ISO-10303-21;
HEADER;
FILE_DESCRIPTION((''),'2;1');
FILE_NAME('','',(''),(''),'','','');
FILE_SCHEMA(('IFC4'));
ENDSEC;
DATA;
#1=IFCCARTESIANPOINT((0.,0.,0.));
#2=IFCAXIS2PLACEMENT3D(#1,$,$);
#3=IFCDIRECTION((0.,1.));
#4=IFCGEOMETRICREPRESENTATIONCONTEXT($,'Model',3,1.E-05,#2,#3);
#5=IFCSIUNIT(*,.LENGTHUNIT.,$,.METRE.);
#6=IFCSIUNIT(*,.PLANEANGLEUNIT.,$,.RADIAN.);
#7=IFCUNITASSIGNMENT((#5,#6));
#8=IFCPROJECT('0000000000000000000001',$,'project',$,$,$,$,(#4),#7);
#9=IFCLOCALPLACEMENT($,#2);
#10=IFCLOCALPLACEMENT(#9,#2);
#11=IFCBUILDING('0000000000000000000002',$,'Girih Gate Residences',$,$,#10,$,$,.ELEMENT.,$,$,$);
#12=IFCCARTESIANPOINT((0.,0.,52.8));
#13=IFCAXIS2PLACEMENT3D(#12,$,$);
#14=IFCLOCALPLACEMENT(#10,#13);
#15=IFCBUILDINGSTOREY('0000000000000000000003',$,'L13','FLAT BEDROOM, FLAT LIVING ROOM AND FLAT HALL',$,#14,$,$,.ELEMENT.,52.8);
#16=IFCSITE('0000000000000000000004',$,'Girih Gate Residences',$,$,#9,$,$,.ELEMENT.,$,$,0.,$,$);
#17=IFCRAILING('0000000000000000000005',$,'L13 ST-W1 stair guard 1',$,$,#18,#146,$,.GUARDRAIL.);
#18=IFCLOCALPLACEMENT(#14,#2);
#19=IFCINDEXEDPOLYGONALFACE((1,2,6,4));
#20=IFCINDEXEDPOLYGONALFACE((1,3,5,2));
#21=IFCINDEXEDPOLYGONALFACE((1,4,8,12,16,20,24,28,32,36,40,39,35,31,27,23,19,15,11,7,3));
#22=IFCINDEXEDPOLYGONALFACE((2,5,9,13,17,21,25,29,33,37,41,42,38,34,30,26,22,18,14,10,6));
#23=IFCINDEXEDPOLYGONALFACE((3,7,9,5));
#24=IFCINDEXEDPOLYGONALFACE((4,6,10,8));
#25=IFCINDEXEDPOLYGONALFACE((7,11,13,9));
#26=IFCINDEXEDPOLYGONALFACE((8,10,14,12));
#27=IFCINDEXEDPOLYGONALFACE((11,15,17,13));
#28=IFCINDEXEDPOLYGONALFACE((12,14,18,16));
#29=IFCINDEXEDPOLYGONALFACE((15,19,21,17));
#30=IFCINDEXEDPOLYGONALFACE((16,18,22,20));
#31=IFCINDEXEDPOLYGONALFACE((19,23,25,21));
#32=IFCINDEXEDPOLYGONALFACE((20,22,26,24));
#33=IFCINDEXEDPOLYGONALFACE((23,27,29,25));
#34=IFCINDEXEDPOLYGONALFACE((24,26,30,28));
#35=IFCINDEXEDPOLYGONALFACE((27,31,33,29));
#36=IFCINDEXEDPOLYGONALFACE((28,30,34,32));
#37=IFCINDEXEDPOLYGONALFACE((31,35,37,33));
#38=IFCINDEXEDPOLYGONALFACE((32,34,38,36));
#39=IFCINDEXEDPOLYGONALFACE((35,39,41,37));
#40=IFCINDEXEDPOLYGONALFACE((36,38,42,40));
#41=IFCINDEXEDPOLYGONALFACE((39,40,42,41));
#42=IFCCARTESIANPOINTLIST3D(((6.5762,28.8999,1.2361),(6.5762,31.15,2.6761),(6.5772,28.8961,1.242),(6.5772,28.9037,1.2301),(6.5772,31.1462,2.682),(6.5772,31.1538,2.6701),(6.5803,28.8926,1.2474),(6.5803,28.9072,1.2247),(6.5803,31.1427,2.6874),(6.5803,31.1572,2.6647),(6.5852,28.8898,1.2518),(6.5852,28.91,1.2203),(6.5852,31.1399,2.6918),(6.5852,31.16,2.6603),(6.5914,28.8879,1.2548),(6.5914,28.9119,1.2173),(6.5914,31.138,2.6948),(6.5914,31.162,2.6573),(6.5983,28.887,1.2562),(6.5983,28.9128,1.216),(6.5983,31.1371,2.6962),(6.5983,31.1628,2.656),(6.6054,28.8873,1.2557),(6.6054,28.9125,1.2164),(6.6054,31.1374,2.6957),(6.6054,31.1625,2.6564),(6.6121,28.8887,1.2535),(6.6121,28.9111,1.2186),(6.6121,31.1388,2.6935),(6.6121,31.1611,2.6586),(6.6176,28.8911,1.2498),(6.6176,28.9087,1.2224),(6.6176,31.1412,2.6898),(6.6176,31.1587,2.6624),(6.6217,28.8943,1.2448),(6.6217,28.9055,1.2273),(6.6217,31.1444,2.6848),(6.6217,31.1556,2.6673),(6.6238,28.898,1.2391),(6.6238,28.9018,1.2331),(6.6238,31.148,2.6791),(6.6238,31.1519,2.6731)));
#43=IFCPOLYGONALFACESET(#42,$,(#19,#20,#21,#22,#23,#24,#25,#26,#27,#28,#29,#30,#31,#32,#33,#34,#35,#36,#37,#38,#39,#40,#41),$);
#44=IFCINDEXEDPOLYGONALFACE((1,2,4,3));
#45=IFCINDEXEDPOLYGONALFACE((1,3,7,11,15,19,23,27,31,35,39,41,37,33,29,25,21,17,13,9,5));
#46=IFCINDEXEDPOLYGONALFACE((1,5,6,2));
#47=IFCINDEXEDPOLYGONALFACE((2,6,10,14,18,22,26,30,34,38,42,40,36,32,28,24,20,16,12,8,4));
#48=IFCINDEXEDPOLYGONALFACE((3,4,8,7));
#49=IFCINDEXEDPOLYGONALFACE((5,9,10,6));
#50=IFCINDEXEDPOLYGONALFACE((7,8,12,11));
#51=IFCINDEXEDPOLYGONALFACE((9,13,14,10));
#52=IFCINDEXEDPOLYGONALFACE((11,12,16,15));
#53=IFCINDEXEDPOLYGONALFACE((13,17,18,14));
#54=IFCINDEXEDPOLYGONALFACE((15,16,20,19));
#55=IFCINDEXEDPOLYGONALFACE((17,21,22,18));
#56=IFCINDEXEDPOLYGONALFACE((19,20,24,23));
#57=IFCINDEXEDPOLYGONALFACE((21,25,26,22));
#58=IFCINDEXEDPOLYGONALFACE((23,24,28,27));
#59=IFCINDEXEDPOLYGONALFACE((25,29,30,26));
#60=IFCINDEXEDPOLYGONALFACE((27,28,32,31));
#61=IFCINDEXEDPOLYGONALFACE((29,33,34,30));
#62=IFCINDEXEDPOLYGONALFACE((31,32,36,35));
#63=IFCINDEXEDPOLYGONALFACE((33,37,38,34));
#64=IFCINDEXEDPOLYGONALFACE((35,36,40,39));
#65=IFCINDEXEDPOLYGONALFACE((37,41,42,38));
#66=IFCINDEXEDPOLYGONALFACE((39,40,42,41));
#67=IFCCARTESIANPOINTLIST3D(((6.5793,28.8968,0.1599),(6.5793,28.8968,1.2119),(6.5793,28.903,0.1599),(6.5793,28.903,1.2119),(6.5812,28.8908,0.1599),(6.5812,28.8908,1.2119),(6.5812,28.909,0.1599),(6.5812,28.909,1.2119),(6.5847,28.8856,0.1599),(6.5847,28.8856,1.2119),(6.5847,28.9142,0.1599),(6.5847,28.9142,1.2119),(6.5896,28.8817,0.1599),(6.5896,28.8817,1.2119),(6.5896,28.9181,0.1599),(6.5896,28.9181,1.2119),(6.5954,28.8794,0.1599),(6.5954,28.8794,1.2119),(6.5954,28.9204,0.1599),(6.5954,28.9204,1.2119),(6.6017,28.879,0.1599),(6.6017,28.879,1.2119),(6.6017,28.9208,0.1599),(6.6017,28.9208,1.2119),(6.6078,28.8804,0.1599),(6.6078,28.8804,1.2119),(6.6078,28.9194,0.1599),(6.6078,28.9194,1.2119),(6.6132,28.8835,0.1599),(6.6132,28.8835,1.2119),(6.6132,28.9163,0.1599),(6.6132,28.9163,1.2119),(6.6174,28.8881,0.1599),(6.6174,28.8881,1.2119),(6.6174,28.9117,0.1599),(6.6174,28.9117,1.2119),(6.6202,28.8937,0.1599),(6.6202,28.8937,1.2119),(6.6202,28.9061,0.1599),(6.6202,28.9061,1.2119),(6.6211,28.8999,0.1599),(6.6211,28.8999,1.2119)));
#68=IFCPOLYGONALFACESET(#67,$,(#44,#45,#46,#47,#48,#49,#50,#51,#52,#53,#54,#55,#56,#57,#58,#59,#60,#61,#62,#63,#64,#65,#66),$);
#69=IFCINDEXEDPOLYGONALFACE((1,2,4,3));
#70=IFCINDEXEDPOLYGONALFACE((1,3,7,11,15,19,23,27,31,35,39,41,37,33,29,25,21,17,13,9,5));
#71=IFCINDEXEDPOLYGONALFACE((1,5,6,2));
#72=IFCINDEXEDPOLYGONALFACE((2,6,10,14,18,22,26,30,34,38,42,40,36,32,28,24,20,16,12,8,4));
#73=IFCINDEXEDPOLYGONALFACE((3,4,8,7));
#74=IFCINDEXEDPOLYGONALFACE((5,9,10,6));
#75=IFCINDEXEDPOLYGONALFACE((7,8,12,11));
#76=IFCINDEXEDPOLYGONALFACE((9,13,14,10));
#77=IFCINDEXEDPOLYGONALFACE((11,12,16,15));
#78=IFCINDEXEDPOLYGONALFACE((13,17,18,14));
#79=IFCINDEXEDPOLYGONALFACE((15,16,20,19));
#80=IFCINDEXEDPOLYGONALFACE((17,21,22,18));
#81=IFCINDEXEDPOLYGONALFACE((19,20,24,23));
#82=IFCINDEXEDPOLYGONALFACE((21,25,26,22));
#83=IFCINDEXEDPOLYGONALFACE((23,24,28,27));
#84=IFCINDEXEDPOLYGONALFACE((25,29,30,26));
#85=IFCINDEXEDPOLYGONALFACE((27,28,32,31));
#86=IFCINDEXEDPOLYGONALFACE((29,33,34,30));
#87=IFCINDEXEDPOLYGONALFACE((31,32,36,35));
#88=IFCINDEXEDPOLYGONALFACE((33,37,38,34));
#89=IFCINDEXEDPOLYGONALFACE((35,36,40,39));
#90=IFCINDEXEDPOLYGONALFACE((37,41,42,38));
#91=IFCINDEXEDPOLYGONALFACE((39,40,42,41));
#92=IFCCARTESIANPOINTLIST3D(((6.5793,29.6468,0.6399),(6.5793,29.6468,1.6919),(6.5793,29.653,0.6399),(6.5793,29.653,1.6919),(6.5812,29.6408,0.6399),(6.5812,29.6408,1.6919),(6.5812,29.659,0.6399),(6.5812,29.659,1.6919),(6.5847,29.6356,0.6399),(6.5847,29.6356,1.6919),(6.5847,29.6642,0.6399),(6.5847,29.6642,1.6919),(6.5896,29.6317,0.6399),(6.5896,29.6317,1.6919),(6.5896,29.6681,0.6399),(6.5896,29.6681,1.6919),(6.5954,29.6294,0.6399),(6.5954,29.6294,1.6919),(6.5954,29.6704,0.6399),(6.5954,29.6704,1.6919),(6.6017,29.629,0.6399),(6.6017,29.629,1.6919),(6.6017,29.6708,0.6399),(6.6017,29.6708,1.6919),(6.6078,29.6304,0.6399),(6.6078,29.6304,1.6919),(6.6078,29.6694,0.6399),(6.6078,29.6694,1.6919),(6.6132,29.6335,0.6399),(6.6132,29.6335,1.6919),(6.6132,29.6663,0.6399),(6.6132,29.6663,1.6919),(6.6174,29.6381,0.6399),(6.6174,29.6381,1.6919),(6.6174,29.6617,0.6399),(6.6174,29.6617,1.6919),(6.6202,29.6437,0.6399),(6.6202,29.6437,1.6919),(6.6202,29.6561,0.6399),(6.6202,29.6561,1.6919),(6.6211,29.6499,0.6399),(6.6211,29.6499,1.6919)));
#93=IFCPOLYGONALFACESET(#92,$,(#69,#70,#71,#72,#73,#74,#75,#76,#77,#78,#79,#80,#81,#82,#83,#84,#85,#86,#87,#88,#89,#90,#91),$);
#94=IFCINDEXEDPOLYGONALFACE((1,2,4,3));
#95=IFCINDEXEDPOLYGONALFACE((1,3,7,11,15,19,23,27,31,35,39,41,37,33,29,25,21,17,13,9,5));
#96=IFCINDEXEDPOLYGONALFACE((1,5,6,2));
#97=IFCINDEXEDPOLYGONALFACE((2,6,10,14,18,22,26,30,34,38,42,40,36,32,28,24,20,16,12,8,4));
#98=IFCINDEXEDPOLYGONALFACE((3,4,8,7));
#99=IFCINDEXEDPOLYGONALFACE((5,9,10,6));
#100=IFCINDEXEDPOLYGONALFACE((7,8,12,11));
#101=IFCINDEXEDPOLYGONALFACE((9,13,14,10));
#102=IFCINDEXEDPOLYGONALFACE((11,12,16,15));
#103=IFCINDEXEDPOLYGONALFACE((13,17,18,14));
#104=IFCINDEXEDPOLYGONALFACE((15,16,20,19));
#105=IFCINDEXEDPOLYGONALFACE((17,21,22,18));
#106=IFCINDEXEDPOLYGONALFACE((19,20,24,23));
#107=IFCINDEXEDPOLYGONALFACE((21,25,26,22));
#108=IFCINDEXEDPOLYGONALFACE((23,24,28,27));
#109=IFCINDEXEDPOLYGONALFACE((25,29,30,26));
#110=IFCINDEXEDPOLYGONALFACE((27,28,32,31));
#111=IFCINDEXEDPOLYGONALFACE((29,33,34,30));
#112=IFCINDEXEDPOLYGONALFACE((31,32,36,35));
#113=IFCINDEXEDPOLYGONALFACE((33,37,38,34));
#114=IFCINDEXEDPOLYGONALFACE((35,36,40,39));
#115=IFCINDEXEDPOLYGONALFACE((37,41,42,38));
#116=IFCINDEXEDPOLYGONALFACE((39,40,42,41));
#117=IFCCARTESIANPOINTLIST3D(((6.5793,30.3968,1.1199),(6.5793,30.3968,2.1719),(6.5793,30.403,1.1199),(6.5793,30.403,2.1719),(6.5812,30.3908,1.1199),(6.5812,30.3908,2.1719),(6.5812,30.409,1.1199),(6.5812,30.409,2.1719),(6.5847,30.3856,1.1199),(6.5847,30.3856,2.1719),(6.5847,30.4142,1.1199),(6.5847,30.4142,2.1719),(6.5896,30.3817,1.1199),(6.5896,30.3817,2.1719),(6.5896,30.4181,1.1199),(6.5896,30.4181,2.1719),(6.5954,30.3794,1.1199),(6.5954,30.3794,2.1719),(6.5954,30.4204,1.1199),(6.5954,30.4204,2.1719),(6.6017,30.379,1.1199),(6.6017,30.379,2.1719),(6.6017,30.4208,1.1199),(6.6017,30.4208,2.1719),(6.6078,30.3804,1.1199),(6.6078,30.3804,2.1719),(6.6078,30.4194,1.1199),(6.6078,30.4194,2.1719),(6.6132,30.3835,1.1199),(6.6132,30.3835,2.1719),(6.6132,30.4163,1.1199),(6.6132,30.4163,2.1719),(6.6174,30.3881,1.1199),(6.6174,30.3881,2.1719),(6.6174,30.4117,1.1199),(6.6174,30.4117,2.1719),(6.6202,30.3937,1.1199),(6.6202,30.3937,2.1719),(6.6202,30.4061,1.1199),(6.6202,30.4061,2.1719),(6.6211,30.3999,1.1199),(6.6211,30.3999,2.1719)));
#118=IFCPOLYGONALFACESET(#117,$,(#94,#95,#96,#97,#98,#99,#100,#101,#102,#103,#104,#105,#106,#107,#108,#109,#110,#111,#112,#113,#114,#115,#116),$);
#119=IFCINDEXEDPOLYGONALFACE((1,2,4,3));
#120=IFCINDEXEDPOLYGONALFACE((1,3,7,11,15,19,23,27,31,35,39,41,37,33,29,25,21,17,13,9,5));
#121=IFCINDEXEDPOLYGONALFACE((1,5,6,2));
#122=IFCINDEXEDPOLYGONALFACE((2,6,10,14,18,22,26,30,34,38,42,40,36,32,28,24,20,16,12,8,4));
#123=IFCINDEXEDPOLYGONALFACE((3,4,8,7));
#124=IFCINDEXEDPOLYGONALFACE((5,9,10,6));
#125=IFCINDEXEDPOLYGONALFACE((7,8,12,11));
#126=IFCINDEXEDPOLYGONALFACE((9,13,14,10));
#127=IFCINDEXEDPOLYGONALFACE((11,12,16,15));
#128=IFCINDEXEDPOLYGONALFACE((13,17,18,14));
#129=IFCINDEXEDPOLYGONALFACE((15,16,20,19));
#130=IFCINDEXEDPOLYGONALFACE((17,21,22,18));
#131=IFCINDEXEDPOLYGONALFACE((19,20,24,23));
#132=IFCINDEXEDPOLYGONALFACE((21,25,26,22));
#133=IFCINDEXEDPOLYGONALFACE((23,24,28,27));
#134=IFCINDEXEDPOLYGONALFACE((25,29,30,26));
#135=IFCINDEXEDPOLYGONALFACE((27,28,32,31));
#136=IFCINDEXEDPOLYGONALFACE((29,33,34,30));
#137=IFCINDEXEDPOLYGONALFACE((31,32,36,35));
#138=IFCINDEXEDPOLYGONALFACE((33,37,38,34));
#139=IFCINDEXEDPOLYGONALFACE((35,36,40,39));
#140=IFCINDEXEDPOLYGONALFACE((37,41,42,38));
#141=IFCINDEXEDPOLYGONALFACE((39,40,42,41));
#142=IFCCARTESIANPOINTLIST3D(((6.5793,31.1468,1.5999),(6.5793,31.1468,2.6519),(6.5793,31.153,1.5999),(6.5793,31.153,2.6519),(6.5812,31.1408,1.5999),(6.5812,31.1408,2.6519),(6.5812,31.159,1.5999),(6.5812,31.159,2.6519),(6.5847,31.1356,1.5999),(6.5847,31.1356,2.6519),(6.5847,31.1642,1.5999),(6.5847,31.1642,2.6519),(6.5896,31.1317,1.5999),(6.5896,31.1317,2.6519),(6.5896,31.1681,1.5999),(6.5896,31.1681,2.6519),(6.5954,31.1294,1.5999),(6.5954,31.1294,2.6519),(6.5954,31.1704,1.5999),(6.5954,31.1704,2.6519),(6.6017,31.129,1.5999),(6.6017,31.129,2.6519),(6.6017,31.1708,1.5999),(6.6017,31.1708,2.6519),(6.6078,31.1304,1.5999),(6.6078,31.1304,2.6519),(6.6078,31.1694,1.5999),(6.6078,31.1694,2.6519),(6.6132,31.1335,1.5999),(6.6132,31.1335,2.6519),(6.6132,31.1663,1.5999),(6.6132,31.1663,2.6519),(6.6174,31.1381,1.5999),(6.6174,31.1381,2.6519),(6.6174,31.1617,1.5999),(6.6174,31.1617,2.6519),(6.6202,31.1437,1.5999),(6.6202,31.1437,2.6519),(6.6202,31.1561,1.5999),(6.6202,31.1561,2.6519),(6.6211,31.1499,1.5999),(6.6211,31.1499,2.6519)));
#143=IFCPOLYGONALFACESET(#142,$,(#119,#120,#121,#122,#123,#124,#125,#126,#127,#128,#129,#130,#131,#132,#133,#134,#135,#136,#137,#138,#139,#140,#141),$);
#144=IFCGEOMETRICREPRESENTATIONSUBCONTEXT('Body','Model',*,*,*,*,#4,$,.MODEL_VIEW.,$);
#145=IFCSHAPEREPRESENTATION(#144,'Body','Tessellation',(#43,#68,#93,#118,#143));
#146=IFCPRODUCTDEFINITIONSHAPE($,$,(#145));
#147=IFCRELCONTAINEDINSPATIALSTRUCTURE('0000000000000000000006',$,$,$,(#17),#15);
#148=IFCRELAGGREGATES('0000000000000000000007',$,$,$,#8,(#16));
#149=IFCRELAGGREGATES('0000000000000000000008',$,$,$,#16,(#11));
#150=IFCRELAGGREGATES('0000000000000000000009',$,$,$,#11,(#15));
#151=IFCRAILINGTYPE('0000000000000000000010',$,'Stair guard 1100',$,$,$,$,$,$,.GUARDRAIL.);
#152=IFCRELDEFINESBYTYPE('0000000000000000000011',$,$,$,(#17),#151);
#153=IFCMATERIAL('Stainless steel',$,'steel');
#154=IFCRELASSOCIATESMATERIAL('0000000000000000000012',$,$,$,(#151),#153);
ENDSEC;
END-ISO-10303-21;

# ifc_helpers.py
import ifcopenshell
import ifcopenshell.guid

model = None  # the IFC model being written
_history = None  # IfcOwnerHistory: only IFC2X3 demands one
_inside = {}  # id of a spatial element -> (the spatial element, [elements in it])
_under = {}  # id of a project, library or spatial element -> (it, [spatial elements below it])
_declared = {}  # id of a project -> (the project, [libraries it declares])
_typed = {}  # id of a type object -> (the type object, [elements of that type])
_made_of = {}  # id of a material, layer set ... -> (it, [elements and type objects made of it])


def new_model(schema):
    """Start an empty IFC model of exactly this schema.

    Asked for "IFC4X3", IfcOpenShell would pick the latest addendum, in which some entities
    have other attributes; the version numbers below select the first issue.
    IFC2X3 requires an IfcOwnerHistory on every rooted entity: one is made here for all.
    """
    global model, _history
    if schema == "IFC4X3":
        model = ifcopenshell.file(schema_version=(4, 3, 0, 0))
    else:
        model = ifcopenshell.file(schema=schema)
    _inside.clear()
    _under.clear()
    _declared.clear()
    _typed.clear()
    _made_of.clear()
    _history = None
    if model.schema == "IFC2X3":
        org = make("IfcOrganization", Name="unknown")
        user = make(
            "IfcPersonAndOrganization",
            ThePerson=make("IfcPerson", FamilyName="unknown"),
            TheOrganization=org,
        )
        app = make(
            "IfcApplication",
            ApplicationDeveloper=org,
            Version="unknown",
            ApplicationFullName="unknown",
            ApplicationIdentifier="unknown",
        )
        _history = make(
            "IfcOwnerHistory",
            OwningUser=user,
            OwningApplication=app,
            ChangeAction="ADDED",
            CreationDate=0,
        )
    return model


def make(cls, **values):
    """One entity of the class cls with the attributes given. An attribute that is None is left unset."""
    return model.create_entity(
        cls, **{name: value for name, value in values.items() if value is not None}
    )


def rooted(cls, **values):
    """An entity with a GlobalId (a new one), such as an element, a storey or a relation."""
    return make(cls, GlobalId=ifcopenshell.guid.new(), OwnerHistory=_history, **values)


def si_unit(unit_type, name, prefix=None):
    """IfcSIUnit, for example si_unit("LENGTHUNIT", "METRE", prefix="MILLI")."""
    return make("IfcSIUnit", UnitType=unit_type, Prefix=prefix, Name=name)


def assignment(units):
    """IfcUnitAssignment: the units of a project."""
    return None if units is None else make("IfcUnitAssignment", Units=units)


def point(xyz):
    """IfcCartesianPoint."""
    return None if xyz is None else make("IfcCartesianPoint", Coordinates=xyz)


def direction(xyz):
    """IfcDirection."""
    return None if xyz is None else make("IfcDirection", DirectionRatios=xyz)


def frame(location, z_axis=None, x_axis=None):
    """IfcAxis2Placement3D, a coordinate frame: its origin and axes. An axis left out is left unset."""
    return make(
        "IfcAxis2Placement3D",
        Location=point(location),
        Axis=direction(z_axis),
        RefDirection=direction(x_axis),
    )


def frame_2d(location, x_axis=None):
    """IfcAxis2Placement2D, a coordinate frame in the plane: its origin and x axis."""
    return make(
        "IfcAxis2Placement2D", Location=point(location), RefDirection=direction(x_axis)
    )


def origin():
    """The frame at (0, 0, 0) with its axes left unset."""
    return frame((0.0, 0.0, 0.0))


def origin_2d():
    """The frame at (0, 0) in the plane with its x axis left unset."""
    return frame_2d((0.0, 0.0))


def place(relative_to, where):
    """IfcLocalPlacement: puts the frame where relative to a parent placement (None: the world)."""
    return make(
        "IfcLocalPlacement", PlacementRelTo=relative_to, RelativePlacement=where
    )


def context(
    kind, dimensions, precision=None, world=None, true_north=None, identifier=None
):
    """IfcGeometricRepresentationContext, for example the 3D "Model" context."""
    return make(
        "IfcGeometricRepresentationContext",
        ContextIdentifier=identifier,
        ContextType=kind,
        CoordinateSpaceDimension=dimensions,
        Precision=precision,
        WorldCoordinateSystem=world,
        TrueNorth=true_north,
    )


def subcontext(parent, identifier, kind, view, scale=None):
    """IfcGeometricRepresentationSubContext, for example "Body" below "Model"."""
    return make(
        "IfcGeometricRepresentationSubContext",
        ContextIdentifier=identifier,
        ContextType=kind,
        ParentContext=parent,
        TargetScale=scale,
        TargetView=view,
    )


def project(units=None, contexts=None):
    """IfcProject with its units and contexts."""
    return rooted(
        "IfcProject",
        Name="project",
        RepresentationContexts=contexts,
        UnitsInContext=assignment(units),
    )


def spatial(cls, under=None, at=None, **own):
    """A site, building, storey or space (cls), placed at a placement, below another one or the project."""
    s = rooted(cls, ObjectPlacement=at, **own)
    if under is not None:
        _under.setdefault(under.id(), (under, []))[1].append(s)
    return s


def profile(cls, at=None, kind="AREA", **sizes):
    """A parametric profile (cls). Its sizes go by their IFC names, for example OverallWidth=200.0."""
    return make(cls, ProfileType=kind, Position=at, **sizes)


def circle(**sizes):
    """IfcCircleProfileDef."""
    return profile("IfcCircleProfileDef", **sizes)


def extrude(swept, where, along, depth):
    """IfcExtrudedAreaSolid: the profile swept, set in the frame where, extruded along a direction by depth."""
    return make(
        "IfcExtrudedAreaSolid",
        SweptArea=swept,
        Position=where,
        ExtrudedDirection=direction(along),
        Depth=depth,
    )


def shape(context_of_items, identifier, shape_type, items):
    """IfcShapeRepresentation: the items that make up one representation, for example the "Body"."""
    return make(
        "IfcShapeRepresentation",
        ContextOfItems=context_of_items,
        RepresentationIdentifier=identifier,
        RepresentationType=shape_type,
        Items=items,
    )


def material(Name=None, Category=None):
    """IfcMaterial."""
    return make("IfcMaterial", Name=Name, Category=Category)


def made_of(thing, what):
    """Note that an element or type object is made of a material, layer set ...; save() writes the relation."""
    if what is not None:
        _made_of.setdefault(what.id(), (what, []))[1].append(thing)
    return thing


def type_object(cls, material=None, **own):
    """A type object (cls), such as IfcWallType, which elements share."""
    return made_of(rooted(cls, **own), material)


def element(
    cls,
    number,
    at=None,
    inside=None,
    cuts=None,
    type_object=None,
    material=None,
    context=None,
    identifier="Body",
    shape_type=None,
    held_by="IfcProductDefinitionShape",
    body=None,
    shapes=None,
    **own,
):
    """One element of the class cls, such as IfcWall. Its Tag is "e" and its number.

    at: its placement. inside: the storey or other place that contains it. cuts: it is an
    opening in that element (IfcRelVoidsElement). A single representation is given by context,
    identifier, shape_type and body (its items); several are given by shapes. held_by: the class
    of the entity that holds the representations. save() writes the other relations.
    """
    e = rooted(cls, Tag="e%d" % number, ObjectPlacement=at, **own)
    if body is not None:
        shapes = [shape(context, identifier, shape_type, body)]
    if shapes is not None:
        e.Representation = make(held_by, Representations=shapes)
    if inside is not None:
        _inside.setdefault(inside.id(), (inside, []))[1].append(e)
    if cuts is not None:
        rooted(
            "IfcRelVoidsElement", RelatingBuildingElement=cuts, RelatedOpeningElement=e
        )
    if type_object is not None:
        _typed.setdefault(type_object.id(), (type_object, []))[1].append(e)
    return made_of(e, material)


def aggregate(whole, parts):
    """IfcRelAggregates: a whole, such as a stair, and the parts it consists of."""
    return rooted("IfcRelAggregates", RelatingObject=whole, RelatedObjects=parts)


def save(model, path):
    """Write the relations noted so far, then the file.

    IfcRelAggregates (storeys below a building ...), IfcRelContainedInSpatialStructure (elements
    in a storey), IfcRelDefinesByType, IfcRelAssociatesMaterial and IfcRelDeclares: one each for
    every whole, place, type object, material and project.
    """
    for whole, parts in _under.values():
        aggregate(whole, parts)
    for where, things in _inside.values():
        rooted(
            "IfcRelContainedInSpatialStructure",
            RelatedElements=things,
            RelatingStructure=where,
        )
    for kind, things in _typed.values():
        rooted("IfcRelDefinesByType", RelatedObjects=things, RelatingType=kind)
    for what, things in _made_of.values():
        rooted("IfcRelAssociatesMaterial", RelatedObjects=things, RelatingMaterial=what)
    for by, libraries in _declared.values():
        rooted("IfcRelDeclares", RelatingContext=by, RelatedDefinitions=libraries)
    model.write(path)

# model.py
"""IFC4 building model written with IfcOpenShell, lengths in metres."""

from ifc_helpers import new_model, si_unit, direction, frame, origin, origin_2d, place, context, subcontext, project, spatial, circle, extrude, material, type_object, element, save


model = new_model("IFC4")

# Units and contexts
model_context = context("Model", 3, precision=1e-05, world=origin(), true_north=direction((0.0, 1.0)))
body_context = subcontext(model_context, "Body", "Model", "MODEL_VIEW")
ifc_project = project(units=[si_unit("LENGTHUNIT", "METRE"), si_unit("PLANEANGLEUNIT", "RADIAN")], contexts=[model_context])

# Site, building, storey
site_placement = place(None, origin())
site = spatial("IfcSite", under=ifc_project, at=site_placement, Name="Girih Gate Residences", CompositionType="ELEMENT", RefElevation=0.0)
building_placement = place(site_placement, origin())
building = spatial("IfcBuilding", under=site, at=building_placement, Name="Girih Gate Residences", CompositionType="ELEMENT")
storey_placement = place(building_placement, frame((0.0, 0.0, 52.8)))
storey = spatial("IfcBuildingStorey", under=building, at=storey_placement, Name="L13", Description="FLAT BEDROOM, FLAT LIVING ROOM AND FLAT HALL", CompositionType="ELEMENT", Elevation=52.8)

# Railing
ifc_material_1 = material(Name="Stainless steel", Category="steel")
railing_type_1 = type_object("IfcRailingType", Name="Stair guard 1100", PredefinedType="GUARDRAIL", material=ifc_material_1)
railing_1_placement = place(storey_placement, frame((6.6001, 28.8999, 0.1599)))
element("IfcRailing", 1, at=railing_1_placement, inside=storey, type_object=railing_type_1, Name="L13 ST-W1 stair guard 1", PredefinedType="GUARDRAIL", context=body_context, shape_type="SweptSolid", body=[
    extrude(circle(Radius=0.0239, at=origin_2d()), frame((0.0, 0.0, 1.0762), z_axis=(0.0, 0.842281, 0.539038), x_axis=(-1.0, 0.0, 0.0)), (0.0, 0.0, 1.0), 2.6714),
    extrude(circle(Radius=0.021, at=origin_2d()), origin(), (0.0, 0.0, 1.0), 1.052),
    extrude(circle(Radius=0.021, at=origin_2d()), frame((0.0, 0.75, 0.48)), (0.0, 0.0, 1.0), 1.052),
    extrude(circle(Radius=0.021, at=origin_2d()), frame((0.0, 1.5, 0.96)), (0.0, 0.0, 1.0), 1.052),
    extrude(circle(Radius=0.021, at=origin_2d()), frame((0.0, 2.25, 1.4399)), (0.0, 0.0, 1.0), 1.052),
])

save(model, "model.ifc")
